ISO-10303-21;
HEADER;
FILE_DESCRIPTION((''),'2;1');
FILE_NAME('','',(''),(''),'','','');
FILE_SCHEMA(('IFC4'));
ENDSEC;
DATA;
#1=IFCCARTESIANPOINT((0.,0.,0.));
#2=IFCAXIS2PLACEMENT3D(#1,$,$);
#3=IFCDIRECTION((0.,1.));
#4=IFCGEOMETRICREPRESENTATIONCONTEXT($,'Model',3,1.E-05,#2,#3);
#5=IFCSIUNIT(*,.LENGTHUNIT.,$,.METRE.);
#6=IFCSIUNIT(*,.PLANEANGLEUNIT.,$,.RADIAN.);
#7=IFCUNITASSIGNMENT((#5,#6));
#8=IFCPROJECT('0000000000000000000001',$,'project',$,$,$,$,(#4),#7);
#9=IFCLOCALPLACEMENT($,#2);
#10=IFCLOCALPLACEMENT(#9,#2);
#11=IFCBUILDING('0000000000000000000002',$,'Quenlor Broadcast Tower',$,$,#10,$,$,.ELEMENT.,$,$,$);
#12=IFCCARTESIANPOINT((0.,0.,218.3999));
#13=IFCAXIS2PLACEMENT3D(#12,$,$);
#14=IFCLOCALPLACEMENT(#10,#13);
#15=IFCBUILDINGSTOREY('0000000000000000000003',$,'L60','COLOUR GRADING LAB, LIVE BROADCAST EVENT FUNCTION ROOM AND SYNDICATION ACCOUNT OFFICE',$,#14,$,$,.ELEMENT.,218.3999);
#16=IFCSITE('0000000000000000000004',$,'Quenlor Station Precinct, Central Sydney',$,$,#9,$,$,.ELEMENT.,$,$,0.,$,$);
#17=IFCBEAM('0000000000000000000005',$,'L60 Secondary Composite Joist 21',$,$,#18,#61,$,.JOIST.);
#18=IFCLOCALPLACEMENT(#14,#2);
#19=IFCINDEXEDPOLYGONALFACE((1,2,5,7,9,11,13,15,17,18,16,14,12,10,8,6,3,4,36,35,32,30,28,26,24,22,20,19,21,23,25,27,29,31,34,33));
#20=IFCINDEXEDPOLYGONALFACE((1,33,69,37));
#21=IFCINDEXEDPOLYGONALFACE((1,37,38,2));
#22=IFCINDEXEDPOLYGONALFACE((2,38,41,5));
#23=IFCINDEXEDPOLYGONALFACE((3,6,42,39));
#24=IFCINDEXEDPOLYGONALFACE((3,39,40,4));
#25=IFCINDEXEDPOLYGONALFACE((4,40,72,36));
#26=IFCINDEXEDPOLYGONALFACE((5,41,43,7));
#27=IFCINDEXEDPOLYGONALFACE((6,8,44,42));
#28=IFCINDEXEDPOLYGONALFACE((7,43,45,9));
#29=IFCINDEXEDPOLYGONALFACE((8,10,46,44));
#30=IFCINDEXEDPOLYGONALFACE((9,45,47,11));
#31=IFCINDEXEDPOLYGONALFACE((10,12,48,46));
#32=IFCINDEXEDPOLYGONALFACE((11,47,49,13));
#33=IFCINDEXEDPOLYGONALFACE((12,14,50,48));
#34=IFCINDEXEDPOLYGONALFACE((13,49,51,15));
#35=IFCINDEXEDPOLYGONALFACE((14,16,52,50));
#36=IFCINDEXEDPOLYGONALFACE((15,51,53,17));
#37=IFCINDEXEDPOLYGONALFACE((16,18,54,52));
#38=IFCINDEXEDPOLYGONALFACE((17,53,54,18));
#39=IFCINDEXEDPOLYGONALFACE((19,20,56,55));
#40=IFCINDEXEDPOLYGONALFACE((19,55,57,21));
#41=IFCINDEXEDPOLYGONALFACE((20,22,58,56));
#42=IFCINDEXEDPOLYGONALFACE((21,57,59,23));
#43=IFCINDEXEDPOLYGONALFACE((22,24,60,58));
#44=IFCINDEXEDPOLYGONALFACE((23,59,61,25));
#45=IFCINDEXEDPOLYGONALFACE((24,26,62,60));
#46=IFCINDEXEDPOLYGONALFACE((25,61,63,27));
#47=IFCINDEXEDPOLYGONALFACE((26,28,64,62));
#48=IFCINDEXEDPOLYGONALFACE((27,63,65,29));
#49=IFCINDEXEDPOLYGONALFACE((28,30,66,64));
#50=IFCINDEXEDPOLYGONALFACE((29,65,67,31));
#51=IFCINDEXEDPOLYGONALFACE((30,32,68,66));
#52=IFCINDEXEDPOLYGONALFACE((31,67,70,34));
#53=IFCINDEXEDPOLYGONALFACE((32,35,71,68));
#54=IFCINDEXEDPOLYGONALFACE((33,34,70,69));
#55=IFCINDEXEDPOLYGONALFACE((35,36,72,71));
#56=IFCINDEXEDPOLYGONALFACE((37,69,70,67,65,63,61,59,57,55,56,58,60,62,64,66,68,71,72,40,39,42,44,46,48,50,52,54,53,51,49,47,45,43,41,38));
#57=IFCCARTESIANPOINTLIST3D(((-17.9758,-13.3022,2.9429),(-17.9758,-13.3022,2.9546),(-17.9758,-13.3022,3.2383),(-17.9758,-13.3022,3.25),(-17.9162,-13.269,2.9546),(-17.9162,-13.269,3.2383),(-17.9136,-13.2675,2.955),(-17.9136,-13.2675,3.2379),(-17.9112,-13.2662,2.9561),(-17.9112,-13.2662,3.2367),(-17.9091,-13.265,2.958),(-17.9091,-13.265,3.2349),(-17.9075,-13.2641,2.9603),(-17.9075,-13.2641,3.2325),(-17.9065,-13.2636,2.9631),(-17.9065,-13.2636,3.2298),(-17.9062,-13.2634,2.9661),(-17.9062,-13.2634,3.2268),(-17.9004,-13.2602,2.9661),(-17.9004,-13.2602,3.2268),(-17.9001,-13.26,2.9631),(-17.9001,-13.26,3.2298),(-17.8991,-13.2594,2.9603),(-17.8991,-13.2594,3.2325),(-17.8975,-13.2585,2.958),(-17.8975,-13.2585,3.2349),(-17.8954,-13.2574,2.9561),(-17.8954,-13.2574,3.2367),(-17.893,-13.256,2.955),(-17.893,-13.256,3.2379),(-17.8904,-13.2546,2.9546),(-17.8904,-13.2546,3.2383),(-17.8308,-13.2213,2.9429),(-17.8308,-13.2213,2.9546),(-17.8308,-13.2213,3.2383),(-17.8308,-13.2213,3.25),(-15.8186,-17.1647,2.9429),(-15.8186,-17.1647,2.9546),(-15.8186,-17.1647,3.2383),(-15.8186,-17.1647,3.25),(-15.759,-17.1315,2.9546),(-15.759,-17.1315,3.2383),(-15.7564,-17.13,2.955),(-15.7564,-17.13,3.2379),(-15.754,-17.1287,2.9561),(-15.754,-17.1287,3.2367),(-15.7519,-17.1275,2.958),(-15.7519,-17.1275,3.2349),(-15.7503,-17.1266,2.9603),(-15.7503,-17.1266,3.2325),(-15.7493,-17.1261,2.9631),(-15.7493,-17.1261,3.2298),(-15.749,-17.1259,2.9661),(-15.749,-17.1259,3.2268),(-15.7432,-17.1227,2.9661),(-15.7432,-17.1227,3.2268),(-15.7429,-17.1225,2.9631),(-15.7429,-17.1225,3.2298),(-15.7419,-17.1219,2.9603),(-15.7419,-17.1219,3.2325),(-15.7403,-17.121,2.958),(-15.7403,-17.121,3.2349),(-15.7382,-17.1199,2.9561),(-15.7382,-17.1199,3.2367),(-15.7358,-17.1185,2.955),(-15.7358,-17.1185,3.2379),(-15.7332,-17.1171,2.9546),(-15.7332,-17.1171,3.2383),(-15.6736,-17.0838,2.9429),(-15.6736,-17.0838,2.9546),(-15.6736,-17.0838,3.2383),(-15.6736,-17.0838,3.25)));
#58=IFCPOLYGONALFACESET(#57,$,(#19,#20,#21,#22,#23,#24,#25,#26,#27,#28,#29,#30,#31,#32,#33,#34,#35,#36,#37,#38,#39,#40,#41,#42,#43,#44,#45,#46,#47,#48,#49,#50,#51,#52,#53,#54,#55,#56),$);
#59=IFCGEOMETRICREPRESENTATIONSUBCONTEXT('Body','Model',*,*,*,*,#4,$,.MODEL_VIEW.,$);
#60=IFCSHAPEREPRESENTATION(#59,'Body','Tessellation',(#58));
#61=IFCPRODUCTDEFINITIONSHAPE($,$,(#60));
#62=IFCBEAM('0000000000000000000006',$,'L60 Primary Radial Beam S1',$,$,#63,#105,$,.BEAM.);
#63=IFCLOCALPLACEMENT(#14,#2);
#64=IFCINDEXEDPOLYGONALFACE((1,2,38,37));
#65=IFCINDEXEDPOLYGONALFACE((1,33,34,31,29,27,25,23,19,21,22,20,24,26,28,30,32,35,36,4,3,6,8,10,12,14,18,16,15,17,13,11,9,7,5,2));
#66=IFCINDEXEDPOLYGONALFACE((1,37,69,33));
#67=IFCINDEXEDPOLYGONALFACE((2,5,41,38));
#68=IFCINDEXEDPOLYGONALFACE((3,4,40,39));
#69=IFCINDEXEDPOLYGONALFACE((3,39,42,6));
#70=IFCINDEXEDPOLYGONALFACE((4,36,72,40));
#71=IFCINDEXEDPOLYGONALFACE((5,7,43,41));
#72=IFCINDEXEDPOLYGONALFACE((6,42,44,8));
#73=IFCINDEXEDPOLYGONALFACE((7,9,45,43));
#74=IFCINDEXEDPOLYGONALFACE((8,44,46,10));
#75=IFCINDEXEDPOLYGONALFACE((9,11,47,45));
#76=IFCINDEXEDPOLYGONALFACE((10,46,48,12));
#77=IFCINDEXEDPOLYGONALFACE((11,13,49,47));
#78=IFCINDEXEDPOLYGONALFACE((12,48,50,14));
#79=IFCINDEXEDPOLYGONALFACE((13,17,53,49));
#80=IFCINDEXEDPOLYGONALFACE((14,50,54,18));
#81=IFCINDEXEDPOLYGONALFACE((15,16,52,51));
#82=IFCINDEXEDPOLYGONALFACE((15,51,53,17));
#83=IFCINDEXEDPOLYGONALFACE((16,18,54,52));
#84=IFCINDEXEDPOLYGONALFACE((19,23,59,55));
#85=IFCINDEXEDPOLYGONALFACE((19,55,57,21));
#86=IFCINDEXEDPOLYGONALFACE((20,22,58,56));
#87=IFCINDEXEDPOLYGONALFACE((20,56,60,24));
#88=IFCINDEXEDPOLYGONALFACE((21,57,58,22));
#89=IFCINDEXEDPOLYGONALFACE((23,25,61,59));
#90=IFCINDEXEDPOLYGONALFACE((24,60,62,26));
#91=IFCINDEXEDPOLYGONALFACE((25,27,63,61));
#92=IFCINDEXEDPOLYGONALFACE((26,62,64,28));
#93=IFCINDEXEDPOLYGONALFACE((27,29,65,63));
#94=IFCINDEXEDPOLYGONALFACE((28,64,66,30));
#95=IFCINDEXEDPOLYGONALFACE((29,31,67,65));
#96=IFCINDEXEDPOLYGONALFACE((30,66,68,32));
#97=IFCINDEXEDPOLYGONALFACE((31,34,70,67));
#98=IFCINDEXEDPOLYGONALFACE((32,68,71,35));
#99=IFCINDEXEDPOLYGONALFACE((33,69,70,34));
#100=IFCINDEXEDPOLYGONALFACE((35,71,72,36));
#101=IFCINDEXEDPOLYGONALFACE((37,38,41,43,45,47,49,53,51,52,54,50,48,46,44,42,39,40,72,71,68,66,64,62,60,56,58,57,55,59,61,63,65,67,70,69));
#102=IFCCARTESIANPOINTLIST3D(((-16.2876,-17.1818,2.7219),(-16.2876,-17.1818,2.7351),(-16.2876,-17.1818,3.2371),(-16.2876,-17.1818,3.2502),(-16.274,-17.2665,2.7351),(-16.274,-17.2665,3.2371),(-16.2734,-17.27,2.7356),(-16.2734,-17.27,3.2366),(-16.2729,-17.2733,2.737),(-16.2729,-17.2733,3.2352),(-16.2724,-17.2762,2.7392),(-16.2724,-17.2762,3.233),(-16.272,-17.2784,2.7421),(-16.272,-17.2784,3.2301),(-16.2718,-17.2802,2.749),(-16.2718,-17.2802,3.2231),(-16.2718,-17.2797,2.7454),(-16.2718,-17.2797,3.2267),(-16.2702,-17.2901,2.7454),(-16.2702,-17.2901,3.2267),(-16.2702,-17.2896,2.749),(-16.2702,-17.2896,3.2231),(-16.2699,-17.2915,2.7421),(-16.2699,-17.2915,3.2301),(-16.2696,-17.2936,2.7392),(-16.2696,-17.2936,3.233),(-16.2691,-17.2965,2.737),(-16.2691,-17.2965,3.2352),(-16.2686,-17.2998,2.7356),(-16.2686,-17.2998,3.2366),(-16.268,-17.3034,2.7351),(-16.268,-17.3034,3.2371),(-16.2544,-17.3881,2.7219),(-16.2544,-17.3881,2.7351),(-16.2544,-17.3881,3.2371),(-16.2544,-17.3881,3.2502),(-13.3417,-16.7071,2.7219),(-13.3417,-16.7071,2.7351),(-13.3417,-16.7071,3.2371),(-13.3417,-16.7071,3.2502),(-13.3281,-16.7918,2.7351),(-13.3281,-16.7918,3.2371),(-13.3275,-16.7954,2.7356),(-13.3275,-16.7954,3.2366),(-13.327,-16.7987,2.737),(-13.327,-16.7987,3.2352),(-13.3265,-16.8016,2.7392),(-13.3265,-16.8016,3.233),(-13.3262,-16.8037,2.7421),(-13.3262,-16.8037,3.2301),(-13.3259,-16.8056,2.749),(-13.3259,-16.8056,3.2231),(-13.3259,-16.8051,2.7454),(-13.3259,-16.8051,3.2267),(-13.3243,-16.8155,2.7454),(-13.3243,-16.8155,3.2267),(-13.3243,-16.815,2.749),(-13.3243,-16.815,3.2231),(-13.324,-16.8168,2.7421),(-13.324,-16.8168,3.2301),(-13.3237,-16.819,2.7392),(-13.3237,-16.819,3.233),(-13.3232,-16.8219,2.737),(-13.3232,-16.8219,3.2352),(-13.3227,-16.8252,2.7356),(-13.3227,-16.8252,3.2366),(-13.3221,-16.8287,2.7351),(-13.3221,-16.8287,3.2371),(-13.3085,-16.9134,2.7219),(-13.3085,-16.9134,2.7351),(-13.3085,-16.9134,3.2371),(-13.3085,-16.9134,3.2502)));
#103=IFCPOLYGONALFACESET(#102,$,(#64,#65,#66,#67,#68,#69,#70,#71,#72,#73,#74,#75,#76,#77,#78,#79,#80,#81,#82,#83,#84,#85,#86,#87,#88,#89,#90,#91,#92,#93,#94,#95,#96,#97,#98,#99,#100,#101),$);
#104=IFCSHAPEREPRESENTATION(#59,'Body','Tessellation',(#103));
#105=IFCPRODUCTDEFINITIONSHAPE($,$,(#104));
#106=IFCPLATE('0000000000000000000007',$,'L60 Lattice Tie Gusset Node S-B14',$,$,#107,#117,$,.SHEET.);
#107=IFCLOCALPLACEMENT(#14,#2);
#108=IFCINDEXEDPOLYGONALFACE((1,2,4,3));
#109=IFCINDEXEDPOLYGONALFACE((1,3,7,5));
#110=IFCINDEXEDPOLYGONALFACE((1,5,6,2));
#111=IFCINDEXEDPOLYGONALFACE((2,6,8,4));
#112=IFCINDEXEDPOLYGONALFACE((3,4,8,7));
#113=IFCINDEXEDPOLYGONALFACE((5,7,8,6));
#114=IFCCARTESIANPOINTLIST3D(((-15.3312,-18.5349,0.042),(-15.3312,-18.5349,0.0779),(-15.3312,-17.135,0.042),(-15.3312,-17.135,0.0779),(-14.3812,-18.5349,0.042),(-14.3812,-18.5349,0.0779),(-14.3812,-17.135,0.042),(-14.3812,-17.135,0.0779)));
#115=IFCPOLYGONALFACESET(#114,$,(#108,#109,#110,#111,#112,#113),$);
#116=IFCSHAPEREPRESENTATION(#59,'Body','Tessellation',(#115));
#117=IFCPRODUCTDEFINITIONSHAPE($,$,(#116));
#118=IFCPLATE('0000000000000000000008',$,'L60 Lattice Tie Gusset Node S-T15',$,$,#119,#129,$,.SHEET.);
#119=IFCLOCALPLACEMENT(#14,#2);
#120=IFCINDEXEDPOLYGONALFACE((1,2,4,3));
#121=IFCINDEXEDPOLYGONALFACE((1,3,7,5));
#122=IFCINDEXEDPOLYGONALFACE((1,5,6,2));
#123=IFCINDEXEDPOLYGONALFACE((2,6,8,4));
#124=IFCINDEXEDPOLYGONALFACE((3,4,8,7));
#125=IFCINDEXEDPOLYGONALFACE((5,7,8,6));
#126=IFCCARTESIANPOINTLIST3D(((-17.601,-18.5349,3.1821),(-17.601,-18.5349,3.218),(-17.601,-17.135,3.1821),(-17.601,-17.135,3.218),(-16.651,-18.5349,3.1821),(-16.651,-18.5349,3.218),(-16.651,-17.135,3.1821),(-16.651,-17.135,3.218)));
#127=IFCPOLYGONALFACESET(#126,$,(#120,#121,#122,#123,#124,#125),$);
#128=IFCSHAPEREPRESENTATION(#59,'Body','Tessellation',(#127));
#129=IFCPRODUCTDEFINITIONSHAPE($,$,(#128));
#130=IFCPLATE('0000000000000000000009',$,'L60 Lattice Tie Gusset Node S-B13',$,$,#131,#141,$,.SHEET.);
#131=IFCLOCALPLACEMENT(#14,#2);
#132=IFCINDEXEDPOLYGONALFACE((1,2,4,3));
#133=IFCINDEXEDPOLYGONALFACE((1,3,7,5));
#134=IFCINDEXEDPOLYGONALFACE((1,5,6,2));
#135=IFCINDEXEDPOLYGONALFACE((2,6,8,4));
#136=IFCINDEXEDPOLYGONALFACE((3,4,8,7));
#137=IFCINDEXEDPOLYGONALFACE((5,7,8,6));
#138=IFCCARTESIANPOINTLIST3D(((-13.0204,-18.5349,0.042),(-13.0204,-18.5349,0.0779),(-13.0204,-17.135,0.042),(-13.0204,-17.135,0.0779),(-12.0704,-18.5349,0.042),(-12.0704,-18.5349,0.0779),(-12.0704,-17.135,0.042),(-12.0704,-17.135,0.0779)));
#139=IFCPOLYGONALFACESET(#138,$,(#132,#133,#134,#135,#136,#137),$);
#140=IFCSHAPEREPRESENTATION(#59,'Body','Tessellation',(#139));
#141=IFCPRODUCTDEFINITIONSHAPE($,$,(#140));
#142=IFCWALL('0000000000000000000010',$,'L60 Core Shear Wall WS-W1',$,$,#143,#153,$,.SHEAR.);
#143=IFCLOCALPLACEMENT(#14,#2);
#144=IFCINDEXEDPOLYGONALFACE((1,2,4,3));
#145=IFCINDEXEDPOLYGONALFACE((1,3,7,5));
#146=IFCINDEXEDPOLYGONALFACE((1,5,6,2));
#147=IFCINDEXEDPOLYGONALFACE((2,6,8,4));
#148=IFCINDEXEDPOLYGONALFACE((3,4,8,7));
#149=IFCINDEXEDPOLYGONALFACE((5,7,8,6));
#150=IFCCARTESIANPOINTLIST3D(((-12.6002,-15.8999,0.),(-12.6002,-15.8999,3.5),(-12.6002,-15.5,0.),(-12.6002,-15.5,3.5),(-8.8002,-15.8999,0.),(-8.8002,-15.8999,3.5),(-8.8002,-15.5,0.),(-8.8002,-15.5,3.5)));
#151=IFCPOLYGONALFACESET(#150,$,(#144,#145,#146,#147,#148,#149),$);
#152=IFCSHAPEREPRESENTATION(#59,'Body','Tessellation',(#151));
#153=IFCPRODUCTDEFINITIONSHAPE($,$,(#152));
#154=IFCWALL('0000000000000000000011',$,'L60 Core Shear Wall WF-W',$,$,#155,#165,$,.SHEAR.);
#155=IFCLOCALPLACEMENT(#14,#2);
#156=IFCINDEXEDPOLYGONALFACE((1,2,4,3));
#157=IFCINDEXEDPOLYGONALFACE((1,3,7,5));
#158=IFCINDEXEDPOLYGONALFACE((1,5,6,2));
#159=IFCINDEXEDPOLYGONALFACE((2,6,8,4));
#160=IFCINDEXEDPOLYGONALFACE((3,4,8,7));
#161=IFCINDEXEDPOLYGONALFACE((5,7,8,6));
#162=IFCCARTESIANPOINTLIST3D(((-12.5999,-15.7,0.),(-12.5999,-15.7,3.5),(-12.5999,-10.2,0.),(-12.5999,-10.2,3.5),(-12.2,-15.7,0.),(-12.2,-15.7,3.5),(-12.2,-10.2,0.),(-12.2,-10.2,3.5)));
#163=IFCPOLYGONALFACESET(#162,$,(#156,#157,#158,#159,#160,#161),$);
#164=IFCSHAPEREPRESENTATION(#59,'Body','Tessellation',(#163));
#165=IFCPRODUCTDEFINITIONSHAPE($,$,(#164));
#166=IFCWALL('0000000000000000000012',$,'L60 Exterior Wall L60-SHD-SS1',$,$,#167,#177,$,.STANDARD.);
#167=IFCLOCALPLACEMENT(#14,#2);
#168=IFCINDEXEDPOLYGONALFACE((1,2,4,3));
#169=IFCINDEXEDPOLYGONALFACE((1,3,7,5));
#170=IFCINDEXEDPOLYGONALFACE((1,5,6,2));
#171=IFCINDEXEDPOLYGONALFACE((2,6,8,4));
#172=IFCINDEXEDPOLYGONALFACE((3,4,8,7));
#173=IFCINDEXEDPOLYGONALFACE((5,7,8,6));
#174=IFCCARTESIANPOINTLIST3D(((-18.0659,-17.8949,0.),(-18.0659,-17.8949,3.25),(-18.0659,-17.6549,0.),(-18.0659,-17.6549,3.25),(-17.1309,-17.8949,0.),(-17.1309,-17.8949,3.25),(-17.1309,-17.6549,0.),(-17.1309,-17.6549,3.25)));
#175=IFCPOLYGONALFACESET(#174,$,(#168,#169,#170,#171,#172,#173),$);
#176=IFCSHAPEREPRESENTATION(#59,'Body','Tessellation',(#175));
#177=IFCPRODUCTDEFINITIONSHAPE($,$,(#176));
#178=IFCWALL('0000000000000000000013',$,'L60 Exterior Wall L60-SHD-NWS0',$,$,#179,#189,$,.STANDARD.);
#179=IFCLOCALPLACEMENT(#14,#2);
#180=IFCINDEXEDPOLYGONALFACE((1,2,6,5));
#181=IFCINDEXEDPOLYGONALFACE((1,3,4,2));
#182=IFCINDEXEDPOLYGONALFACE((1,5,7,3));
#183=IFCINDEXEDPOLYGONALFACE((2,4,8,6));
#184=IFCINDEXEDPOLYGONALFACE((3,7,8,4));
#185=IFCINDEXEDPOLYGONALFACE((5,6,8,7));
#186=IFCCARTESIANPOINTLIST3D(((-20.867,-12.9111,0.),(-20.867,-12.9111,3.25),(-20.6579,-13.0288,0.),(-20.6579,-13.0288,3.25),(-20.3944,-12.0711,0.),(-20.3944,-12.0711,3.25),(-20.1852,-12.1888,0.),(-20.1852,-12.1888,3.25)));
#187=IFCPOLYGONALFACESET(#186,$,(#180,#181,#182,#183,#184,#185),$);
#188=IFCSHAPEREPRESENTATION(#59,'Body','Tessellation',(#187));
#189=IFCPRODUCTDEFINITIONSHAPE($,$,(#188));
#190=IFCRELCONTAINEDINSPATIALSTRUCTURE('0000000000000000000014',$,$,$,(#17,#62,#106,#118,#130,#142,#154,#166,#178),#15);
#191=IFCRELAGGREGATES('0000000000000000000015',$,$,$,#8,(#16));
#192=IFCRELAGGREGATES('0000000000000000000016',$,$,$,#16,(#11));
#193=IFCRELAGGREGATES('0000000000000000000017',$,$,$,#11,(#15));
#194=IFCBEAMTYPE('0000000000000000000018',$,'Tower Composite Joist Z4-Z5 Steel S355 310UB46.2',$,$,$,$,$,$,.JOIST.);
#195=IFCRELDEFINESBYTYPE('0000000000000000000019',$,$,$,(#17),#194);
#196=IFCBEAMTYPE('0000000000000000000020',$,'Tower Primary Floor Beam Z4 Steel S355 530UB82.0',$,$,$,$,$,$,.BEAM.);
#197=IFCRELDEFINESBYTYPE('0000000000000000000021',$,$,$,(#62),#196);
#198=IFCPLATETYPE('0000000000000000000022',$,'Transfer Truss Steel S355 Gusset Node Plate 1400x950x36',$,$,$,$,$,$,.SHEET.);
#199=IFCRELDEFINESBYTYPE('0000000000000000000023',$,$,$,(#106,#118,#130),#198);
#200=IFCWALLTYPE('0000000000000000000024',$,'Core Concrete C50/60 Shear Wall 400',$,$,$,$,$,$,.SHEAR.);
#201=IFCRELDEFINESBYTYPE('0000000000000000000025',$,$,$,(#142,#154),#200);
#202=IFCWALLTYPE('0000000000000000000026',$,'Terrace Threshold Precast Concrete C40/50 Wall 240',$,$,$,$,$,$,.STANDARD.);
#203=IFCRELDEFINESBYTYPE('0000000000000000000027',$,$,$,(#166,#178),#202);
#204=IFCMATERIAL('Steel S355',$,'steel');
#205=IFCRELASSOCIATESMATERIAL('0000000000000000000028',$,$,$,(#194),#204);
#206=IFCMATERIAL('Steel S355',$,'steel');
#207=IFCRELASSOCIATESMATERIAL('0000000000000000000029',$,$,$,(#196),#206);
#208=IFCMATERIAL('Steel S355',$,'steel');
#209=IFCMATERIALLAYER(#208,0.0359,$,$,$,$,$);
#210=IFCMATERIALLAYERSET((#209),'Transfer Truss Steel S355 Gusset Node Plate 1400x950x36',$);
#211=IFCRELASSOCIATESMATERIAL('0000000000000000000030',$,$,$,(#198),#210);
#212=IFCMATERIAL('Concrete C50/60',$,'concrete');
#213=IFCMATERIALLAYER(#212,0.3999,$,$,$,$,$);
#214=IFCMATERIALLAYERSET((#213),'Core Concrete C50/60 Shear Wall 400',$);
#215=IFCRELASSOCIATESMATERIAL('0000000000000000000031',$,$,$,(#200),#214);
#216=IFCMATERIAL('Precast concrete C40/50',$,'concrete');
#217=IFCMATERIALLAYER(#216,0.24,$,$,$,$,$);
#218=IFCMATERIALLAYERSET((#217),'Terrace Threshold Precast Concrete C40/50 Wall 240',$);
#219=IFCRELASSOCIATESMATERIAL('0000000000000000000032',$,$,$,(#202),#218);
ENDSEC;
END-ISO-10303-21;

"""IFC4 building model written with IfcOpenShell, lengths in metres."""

from ifc_helpers import new_model, si_unit, direction, frame, frame_2d, origin, origin_2d, place, context, subcontext, project, spatial, rectangle, i_section, extrude, material, layer, layer_set, material_profile, profile_set, type_object, element, save


model = new_model("IFC4")

# Units and contexts
model_context = context("Model", 3, precision=1e-05, world=origin(), true_north=direction((0.0, 1.0)))
body_context = subcontext(model_context, "Body", "Model", "MODEL_VIEW")
ifc_project = project(units=[si_unit("LENGTHUNIT", "METRE"), si_unit("PLANEANGLEUNIT", "RADIAN")], contexts=[model_context])

# Site, building, storey
site_placement = place(None, origin())
site = spatial("IfcSite", under=ifc_project, at=site_placement, Name="Quenlor Station Precinct, Central Sydney", CompositionType="ELEMENT", RefElevation=0.0)
building_placement = place(site_placement, origin())
building = spatial("IfcBuilding", under=site, at=building_placement, Name="Quenlor Broadcast Tower", CompositionType="ELEMENT")
storey_placement = place(building_placement, frame((0.0, 0.0, 218.3999)))
storey = spatial("IfcBuildingStorey", under=building, at=storey_placement, Name="L60", Description="COLOUR GRADING LAB, LIVE BROADCAST EVENT FUNCTION ROOM AND SYNDICATION ACCOUNT OFFICE", CompositionType="ELEMENT", Elevation=218.3999)

# Beams
ifc_material_1 = material(Name="Steel S355", Category="steel")
ifc_material_profile_1 = material_profile(ifc_material_1, i_section(OverallWidth=0.166, OverallDepth=0.3071, WebThickness=0.0066, FlangeThickness=0.0117, FilletRadius=0.0115, at=origin_2d()))
ifc_profile_set_1 = profile_set([ifc_material_profile_1], Name="Steel S355 310UB46.2")
beam_type_1 = type_object("IfcBeamType", Name="Tower Composite Joist Z4-Z5 Steel S355 310UB46.2", PredefinedType="JOIST", material=ifc_profile_set_1)
beam_1_placement = place(storey_placement, frame((-15.7461, -17.1243, 3.0964), z_axis=(-0.487605, 0.873064, 0.0), x_axis=(-0.873064, -0.487605, 0.0)))
element("IfcBeam", 1, at=beam_1_placement, inside=storey, type_object=beam_type_1, Name="L60 Secondary Composite Joist 21", PredefinedType="JOIST", context=body_context, shape_type="SweptSolid", body=[
    extrude(i_section(OverallWidth=0.166, OverallDepth=0.3071, WebThickness=0.0066, FlangeThickness=0.0117, FilletRadius=0.0115, at=origin_2d()), origin(), (0.0, 0.0, 1.0), 4.4241),
])
ifc_material_2 = material(Name="Steel S355", Category="steel")
ifc_material_profile_2 = material_profile(ifc_material_2, i_section(OverallWidth=0.209, OverallDepth=0.5283, WebThickness=0.0095, FlangeThickness=0.0132, FilletRadius=0.0139, at=origin_2d()))
ifc_profile_set_2 = profile_set([ifc_material_profile_2], Name="Steel S355 530UB82.0")
beam_type_2 = type_object("IfcBeamType", Name="Tower Primary Floor Beam Z4 Steel S355 530UB82.0", PredefinedType="BEAM", material=ifc_profile_set_2)
beam_2_placement = place(storey_placement, frame((-16.271, -17.2849, 2.9861), z_axis=(0.987268, 0.159063, 0.0), x_axis=(-0.159063, 0.987268, 0.0)))
element("IfcBeam", 2, at=beam_2_placement, inside=storey, type_object=beam_type_2, Name="L60 Primary Radial Beam S1", PredefinedType="BEAM", context=body_context, shape_type="SweptSolid", body=[
    extrude(i_section(OverallWidth=0.209, OverallDepth=0.5283, WebThickness=0.0095, FlangeThickness=0.0132, FilletRadius=0.0139, at=origin_2d()), origin(), (0.0, 0.0, 1.0), 2.9839),
])

# Plates
ifc_material_3 = material(Name="Steel S355", Category="steel")
ifc_layer_1 = layer(ifc_material_3, 0.0359)
ifc_layer_set_1 = layer_set([ifc_layer_1], Name="Transfer Truss Steel S355 Gusset Node Plate 1400x950x36")
plate_type = type_object("IfcPlateType", Name="Transfer Truss Steel S355 Gusset Node Plate 1400x950x36", PredefinedType="SHEET", material=ifc_layer_set_1)
for number, where, z_axis, x_axis, name in (
    (3, (-14.8562, -17.835, 0.042), (0.0, 0.0, 1.0), (0.0, -1.0, 0.0), "L60 Lattice Tie Gusset Node S-B14"),
    (4, (-17.126, -17.835, 3.1821), (0.0, 0.0, 1.0), (0.0, -1.0, 0.0), "L60 Lattice Tie Gusset Node S-T15"),
    (5, (-12.5454, -17.835, 0.042), (0.0, 0.0, 1.0), (0.0, -1.0, 0.0), "L60 Lattice Tie Gusset Node S-B13"),
):
    element("IfcPlate", number, at=place(storey_placement, frame(where, z_axis=z_axis, x_axis=x_axis)), inside=storey, type_object=plate_type, Name=name, PredefinedType="SHEET", context=body_context, shape_type="SweptSolid", body=[
        extrude(rectangle(XDim=1.3999, YDim=0.95, at=origin_2d()), origin(), (0.0, 0.0, 1.0), 0.0359),
    ])

# Walls
ifc_material_4 = material(Name="Concrete C50/60", Category="concrete")
ifc_layer_2 = layer(ifc_material_4, 0.3999)
ifc_layer_set_2 = layer_set([ifc_layer_2], Name="Core Concrete C50/60 Shear Wall 400")
wall_type_1 = type_object("IfcWallType", Name="Core Concrete C50/60 Shear Wall 400", PredefinedType="SHEAR", material=ifc_layer_set_2)
wall_1_placement = place(storey_placement, frame((-12.6001, -15.7, 0.0), z_axis=(0.0, 0.0, 1.0), x_axis=(1.0, 0.0, 0.0)))
element("IfcWall", 6, at=wall_1_placement, inside=storey, type_object=wall_type_1, Name="L60 Core Shear Wall WS-W1", PredefinedType="SHEAR", context=body_context, shape_type="SweptSolid", body=[
    extrude(rectangle(XDim=3.8, YDim=0.3999, at=frame_2d((1.8999, 0.0))), origin(), (0.0, 0.0, 1.0), 3.5),
])
wall_2_placement = place(storey_placement, frame((-12.3999, -15.7, 0.0), z_axis=(0.0, 0.0, 1.0), x_axis=(0.0, 1.0, 0.0)))
element("IfcWall", 7, at=wall_2_placement, inside=storey, type_object=wall_type_1, Name="L60 Core Shear Wall WF-W", PredefinedType="SHEAR", context=body_context, shape_type="SweptSolid", body=[
    extrude(rectangle(XDim=5.5, YDim=0.3999, at=frame_2d((2.75, 0.0))), origin(), (0.0, 0.0, 1.0), 3.5),
])
ifc_material_5 = material(Name="Precast concrete C40/50", Category="concrete")
ifc_layer_3 = layer(ifc_material_5, 0.24)
ifc_layer_set_3 = layer_set([ifc_layer_3], Name="Terrace Threshold Precast Concrete C40/50 Wall 240")
wall_type_2 = type_object("IfcWallType", Name="Terrace Threshold Precast Concrete C40/50 Wall 240", PredefinedType="STANDARD", material=ifc_layer_set_3)
wall_3_placement = place(storey_placement, frame((-17.1309, -17.7749, 0.0), z_axis=(0.0, 0.0, 1.0), x_axis=(-1.0, 0.0, 0.0)))
element("IfcWall", 8, at=wall_3_placement, inside=storey, type_object=wall_type_2, Name="L60 Exterior Wall L60-SHD-SS1", PredefinedType="STANDARD", context=body_context, shape_type="SweptSolid", body=[
    extrude(rectangle(XDim=0.9351, YDim=0.24, at=frame_2d((0.4675, 0.0))), origin(), (0.0, 0.0, 1.0), 3.25),
])
wall_4_placement = place(storey_placement, frame((-20.7625, -12.97, 0.0), z_axis=(0.0, 0.0, 1.0), x_axis=(0.490345, 0.871528, 0.0)))
element("IfcWall", 9, at=wall_4_placement, inside=storey, type_object=wall_type_2, Name="L60 Exterior Wall L60-SHD-NWS0", PredefinedType="STANDARD", context=body_context, shape_type="SweptSolid", body=[
    extrude(rectangle(XDim=0.9639, YDim=0.24, at=frame_2d((0.4819, 0.0))), origin(), (0.0, 0.0, 1.0), 3.25),
])

save(model, "model.ifc")
